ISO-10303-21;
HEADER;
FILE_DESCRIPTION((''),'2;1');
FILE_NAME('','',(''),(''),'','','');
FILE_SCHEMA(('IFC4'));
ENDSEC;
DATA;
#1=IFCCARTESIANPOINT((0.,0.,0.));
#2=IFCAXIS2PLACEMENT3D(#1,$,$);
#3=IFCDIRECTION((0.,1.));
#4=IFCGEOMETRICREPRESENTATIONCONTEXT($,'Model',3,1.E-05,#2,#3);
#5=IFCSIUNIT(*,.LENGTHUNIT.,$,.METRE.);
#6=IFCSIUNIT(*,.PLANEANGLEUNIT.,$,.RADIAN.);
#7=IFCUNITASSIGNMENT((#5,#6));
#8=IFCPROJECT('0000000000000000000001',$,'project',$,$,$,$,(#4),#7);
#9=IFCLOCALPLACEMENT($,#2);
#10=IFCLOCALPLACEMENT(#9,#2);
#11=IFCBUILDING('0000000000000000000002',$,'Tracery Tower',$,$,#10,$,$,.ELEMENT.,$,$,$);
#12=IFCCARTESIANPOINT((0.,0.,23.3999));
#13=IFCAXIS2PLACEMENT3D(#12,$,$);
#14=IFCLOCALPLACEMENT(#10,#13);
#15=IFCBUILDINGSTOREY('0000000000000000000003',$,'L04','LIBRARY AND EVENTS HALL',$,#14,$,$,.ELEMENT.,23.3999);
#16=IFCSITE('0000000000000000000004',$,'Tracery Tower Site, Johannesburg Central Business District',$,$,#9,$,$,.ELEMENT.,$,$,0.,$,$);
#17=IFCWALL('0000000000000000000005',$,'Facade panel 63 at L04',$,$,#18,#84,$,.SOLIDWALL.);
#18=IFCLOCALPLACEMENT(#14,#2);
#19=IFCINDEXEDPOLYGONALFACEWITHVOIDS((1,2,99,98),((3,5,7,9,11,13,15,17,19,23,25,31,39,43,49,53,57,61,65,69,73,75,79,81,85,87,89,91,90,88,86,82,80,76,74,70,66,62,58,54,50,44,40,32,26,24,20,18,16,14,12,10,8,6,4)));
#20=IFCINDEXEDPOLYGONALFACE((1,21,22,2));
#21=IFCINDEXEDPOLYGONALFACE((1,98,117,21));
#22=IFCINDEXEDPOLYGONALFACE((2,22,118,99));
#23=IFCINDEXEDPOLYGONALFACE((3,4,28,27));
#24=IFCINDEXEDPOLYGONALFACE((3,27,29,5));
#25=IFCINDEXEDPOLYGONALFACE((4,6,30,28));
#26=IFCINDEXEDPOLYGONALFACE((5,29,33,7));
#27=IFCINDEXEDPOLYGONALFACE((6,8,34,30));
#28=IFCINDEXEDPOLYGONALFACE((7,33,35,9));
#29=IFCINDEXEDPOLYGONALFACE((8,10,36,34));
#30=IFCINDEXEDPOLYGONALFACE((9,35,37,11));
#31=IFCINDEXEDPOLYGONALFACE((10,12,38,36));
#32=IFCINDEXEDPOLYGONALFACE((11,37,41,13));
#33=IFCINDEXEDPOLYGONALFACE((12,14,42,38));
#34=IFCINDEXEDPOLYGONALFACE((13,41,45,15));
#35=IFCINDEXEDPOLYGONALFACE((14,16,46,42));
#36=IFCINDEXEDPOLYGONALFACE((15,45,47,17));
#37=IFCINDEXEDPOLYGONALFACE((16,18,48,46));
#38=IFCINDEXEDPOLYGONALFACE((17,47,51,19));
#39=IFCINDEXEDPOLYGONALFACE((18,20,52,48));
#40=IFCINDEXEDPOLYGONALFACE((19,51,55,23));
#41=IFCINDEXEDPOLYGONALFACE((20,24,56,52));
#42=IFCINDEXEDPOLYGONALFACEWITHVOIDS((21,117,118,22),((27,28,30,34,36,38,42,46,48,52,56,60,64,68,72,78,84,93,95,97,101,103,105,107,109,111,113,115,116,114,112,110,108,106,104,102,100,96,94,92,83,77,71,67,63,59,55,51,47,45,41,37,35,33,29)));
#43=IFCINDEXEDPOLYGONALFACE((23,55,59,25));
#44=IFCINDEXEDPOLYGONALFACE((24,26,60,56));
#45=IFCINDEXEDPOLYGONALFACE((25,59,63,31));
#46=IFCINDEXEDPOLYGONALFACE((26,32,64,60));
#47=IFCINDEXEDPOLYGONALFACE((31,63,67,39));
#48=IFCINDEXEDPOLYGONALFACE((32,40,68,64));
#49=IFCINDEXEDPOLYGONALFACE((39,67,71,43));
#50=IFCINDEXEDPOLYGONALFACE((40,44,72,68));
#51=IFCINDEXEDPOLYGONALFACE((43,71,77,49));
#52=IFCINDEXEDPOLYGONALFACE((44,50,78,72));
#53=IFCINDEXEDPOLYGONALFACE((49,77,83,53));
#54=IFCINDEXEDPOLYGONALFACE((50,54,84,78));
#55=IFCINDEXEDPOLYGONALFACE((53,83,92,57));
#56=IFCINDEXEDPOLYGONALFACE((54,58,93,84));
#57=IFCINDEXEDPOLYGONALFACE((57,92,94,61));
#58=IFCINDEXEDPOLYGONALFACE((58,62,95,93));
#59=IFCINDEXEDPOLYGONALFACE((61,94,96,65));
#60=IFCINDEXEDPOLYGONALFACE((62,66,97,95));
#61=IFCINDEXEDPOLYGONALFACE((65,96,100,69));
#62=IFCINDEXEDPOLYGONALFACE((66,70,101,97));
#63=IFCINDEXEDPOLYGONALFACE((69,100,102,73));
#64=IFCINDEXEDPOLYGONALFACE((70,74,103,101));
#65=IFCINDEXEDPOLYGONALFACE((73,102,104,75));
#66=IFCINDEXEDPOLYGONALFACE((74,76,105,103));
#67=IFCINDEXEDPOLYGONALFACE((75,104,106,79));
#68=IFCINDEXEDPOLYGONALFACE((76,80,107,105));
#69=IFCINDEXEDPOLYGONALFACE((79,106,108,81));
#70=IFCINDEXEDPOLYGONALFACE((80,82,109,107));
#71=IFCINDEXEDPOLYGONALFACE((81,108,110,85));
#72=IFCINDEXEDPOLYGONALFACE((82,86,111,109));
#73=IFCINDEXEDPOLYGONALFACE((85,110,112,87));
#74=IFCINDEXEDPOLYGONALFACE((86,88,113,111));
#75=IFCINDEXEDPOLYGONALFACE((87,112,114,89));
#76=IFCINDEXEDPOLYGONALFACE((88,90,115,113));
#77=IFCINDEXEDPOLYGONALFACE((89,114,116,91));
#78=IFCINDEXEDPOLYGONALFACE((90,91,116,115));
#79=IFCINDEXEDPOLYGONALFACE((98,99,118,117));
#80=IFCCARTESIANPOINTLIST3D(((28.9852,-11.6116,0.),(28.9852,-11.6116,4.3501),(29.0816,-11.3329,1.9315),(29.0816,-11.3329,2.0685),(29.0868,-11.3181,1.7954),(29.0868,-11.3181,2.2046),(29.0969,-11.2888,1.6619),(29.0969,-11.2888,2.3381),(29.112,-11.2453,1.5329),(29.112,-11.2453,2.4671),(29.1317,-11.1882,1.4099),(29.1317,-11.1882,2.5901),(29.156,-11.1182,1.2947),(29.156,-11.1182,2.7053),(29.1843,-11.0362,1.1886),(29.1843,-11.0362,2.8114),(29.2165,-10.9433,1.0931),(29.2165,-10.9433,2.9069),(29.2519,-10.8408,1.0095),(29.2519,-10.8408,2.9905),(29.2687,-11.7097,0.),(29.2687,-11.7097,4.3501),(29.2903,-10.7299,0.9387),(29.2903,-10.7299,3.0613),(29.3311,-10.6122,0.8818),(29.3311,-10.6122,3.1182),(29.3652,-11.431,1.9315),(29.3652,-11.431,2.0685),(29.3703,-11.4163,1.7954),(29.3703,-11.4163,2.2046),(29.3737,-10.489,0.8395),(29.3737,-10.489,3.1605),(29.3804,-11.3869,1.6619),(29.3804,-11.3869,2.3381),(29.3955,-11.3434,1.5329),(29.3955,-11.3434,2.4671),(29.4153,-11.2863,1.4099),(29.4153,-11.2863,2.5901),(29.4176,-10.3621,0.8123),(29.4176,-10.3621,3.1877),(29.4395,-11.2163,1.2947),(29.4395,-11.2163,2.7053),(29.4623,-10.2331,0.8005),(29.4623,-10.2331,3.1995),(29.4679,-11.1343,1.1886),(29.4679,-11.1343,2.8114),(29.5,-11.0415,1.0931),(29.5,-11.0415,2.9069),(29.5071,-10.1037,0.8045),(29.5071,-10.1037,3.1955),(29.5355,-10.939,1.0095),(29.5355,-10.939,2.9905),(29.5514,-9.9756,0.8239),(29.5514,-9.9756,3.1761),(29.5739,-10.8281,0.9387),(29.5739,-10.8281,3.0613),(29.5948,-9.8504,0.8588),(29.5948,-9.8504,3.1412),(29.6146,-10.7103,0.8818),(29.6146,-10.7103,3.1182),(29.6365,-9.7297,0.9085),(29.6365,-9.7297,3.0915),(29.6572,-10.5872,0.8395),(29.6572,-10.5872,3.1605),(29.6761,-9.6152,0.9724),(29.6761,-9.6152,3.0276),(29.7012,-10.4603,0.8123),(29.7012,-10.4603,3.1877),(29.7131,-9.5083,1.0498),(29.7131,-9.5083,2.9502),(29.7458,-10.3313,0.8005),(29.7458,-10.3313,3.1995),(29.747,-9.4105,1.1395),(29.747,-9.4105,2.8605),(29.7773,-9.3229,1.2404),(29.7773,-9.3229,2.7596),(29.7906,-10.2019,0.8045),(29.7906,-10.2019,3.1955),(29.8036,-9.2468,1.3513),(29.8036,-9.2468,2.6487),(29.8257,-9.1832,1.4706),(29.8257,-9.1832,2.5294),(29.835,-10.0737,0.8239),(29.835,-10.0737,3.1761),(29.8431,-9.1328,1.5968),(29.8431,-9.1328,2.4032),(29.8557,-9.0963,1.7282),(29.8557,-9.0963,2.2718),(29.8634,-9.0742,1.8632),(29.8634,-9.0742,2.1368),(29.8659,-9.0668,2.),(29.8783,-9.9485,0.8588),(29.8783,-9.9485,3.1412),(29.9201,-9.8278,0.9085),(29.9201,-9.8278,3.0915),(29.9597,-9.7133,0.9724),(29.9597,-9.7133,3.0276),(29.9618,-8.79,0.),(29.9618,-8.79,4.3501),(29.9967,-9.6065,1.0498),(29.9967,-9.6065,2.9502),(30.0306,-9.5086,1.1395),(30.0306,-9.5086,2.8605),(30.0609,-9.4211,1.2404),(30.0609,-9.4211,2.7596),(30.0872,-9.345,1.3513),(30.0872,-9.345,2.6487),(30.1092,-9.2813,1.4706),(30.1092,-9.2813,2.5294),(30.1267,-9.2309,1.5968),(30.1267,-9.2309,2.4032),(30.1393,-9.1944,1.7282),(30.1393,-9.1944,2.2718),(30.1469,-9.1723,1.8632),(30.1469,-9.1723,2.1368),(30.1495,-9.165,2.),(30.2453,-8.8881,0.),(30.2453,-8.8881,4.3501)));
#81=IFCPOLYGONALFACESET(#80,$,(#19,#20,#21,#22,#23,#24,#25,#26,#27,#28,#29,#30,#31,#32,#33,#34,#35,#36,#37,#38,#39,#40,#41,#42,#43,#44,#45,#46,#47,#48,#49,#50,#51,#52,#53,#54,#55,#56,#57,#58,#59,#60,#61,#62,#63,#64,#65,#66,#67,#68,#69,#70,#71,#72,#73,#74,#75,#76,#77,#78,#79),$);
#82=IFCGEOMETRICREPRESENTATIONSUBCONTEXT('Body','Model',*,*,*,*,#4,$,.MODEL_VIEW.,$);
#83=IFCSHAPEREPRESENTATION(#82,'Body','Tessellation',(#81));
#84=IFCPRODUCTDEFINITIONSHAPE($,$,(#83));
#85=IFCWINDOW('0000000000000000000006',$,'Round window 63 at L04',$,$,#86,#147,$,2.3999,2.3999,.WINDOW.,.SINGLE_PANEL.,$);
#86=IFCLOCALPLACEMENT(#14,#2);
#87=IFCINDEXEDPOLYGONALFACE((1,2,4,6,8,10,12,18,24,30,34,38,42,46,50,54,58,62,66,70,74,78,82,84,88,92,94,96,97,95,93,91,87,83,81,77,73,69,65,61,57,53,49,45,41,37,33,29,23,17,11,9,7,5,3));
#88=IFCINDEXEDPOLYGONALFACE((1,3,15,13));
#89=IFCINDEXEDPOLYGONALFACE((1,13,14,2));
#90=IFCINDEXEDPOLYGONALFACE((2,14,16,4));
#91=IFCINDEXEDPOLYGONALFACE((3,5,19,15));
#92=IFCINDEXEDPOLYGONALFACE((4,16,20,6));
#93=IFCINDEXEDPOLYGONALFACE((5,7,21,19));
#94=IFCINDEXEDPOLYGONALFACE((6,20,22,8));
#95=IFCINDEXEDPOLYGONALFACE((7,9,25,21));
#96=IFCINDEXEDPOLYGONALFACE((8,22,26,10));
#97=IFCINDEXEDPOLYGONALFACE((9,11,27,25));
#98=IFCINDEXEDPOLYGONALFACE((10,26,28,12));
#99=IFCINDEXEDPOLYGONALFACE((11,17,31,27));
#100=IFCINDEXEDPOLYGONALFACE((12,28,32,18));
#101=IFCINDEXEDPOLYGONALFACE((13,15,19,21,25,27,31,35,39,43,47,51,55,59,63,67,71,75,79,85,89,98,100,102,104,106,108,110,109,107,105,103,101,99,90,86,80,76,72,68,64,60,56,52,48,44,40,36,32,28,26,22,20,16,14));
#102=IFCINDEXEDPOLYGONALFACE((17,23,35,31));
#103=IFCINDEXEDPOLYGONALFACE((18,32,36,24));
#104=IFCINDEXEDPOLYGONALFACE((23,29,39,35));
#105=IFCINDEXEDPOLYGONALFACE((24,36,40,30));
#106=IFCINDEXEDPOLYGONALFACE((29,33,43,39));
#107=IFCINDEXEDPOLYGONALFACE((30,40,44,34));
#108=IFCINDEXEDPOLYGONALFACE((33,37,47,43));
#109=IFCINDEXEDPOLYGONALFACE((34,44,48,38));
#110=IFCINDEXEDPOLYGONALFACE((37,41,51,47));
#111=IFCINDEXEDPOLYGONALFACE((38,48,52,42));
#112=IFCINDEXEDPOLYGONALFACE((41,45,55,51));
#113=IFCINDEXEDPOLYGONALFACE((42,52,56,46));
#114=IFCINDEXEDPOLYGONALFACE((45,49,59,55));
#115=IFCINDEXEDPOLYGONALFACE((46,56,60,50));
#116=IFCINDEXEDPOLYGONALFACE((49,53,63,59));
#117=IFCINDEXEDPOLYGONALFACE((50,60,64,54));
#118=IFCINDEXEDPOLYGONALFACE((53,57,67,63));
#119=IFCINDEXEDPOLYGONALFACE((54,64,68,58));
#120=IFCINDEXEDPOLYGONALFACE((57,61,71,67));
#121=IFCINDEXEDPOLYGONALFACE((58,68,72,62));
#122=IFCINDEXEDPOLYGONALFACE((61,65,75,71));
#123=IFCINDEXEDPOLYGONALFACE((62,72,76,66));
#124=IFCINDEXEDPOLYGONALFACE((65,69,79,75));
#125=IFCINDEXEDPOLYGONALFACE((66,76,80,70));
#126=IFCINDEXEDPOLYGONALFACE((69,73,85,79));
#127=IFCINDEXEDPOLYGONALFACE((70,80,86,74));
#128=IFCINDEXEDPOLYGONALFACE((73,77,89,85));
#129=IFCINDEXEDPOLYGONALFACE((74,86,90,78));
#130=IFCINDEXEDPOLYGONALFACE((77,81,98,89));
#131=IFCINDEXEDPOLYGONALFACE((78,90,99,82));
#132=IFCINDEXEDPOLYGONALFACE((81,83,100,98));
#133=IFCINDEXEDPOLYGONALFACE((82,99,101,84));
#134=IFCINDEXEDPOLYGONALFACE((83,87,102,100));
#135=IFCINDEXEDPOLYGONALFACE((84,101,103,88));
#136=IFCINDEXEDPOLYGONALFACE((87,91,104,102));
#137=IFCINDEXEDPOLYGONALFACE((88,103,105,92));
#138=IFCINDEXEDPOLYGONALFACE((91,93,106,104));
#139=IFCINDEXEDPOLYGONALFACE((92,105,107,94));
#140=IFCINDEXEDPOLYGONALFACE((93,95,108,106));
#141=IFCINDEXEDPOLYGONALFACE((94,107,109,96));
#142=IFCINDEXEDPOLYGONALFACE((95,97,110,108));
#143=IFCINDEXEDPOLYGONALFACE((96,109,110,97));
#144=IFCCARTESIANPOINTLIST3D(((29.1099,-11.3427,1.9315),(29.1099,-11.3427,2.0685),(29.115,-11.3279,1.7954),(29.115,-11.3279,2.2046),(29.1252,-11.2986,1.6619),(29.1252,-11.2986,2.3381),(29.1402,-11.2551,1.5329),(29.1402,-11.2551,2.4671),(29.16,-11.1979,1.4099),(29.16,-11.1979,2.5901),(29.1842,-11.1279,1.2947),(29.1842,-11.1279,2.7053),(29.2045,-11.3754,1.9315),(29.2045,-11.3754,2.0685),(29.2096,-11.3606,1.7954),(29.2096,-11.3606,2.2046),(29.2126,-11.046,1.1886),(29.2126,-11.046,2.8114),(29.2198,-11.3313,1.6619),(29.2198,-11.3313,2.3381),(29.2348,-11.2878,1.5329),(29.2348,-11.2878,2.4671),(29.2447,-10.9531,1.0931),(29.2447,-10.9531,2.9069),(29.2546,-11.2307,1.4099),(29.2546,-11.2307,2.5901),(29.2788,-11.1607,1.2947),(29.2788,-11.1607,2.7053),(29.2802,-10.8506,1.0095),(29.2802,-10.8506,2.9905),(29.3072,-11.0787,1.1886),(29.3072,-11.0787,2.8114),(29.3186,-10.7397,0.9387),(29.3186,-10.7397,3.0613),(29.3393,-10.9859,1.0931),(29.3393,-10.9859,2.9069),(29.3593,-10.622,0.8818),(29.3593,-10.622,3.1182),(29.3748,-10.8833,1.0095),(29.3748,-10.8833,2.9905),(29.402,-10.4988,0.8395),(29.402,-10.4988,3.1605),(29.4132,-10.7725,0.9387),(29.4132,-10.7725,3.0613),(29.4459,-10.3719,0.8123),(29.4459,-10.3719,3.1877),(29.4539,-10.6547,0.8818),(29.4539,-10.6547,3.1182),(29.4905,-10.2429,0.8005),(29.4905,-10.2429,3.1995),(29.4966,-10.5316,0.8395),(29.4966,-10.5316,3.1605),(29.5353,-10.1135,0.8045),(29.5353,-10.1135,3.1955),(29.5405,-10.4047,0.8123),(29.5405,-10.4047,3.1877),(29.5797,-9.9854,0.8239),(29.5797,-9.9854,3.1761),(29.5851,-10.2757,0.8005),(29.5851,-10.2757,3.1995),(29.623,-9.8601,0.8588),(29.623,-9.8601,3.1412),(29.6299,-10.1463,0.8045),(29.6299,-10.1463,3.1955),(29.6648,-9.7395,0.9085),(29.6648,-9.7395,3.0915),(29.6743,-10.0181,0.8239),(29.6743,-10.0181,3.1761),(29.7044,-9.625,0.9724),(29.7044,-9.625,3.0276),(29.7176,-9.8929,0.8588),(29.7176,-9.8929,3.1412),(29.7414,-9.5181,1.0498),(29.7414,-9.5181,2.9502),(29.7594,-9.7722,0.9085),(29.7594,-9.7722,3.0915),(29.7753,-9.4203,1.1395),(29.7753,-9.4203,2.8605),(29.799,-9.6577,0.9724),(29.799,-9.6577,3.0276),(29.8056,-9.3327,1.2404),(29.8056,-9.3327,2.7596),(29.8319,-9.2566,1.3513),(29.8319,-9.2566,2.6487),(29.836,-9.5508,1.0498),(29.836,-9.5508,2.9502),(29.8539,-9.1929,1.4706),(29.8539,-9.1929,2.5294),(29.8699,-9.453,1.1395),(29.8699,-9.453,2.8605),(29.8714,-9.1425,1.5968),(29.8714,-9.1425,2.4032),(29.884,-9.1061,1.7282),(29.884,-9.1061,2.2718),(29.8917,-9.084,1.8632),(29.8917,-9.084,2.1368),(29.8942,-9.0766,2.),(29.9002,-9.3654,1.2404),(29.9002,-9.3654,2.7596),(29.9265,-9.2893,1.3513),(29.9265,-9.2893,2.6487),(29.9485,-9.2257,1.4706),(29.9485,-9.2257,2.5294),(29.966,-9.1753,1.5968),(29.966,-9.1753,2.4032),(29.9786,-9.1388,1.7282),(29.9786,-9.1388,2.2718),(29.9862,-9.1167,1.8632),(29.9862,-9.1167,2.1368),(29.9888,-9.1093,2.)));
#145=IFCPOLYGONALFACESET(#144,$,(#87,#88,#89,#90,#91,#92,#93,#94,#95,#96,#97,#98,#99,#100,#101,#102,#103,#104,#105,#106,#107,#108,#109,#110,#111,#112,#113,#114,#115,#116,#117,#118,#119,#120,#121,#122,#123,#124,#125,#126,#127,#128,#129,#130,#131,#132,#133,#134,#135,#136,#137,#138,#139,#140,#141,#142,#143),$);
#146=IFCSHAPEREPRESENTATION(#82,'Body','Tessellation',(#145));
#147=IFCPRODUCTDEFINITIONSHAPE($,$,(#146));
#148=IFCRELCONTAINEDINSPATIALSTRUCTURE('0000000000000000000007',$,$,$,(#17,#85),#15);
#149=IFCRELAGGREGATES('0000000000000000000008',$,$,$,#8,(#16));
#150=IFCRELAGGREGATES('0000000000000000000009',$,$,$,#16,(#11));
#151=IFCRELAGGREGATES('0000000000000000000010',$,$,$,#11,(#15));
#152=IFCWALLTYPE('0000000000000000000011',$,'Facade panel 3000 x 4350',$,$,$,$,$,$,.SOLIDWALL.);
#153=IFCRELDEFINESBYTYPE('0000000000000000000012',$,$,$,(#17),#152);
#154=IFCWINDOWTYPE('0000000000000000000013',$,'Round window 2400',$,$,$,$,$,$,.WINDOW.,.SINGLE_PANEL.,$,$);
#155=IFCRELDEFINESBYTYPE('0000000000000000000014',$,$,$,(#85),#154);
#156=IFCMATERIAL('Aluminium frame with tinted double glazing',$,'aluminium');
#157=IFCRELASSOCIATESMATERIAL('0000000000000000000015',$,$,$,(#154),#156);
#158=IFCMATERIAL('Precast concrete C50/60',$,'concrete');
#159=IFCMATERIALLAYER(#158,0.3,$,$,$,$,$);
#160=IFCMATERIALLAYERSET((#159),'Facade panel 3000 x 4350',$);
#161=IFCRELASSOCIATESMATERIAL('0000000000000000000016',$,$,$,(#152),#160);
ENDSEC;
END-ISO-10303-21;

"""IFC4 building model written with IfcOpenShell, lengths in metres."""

from ifc_helpers import new_model, si_unit, direction, frame, frame_2d, origin, origin_2d, place, context, subcontext, project, spatial, rectangle, circle, extrude, material, layer, layer_set, type_object, element, fill, save


model = new_model("IFC4")

# Units and contexts
model_context = context("Model", 3, precision=1e-05, world=origin(), true_north=direction((0.0, 1.0)))
body_context = subcontext(model_context, "Body", "Model", "MODEL_VIEW")
ifc_project = project(units=[si_unit("LENGTHUNIT", "METRE"), si_unit("PLANEANGLEUNIT", "RADIAN")], contexts=[model_context])

# Site, building, storey
site_placement = place(None, origin())
site = spatial("IfcSite", under=ifc_project, at=site_placement, Name="Tracery Tower Site, Johannesburg Central Business District", CompositionType="ELEMENT", RefElevation=0.0)
building_placement = place(site_placement, origin())
building = spatial("IfcBuilding", under=site, at=building_placement, Name="Tracery Tower", CompositionType="ELEMENT")
storey_placement = place(building_placement, frame((0.0, 0.0, 23.3999)))
storey = spatial("IfcBuildingStorey", under=building, at=storey_placement, Name="L04", Description="LIBRARY AND EVENTS HALL", CompositionType="ELEMENT", Elevation=23.3999)

# Wall, opening, window
ifc_material_1 = material(Name="Aluminium frame with tinted double glazing", Category="aluminium")
window_type = type_object("IfcWindowType", Name="Round window 2400", PartitioningType="SINGLE_PANEL", PredefinedType="WINDOW", material=ifc_material_1)
ifc_material_2 = material(Name="Precast concrete C50/60", Category="concrete")
ifc_layer_1 = layer(ifc_material_2, 0.3)
ifc_layer_set_1 = layer_set([ifc_layer_1], Name="Facade panel 3000 x 4350")
wall_type_1 = type_object("IfcWallType", Name="Facade panel 3000 x 4350", PredefinedType="SOLIDWALL", material=ifc_layer_set_1)
wall_1_placement = place(storey_placement, frame((29.127, -11.6606, 0.0), z_axis=(0.0, 0.0, 1.0), x_axis=(0.327074, 0.944999, 0.0)))
wall_1 = element("IfcWall", 1, at=wall_1_placement, inside=storey, type_object=wall_type_1, Name="Facade panel 63 at L04", PredefinedType="SOLIDWALL", context=body_context, shape_type="SweptSolid", body=[
    extrude(rectangle(XDim=2.9858, YDim=0.3, at=frame_2d((1.4929, 0.0))), origin(), (0.0, 0.0, 1.0), 4.3501),
])
opening_1_placement = place(wall_1_placement, frame((1.4929, 0.0, 2.0)))
opening_1 = element("IfcOpeningElement", 2, at=opening_1_placement, cuts=wall_1, PredefinedType="OPENING", context=body_context, shape_type="SweptSolid", body=[
    extrude(circle(Radius=1.2, at=origin_2d()), frame((0.0, 0.1599, 0.0), z_axis=(0.0, -1.0, 0.0), x_axis=(1.0, 0.0, 0.0)), (0.0, 0.0, 1.0), 0.3201),
])
window_1_placement = place(opening_1_placement, origin())
window_1 = element("IfcWindow", 3, at=window_1_placement, inside=storey, type_object=window_type, Name="Round window 63 at L04", OverallHeight=2.3999, OverallWidth=2.3999, PartitioningType="SINGLE_PANEL", PredefinedType="WINDOW", context=body_context, shape_type="SweptSolid", body=[
    extrude(circle(Radius=1.2, at=origin_2d()), frame((0.0, 0.1201, 0.0), z_axis=(0.0, -1.0, 0.0), x_axis=(1.0, 0.0, 0.0)), (0.0, 0.0, 1.0), 0.1001),
])
fill(opening_1, window_1)

save(model, "model.ifc")
